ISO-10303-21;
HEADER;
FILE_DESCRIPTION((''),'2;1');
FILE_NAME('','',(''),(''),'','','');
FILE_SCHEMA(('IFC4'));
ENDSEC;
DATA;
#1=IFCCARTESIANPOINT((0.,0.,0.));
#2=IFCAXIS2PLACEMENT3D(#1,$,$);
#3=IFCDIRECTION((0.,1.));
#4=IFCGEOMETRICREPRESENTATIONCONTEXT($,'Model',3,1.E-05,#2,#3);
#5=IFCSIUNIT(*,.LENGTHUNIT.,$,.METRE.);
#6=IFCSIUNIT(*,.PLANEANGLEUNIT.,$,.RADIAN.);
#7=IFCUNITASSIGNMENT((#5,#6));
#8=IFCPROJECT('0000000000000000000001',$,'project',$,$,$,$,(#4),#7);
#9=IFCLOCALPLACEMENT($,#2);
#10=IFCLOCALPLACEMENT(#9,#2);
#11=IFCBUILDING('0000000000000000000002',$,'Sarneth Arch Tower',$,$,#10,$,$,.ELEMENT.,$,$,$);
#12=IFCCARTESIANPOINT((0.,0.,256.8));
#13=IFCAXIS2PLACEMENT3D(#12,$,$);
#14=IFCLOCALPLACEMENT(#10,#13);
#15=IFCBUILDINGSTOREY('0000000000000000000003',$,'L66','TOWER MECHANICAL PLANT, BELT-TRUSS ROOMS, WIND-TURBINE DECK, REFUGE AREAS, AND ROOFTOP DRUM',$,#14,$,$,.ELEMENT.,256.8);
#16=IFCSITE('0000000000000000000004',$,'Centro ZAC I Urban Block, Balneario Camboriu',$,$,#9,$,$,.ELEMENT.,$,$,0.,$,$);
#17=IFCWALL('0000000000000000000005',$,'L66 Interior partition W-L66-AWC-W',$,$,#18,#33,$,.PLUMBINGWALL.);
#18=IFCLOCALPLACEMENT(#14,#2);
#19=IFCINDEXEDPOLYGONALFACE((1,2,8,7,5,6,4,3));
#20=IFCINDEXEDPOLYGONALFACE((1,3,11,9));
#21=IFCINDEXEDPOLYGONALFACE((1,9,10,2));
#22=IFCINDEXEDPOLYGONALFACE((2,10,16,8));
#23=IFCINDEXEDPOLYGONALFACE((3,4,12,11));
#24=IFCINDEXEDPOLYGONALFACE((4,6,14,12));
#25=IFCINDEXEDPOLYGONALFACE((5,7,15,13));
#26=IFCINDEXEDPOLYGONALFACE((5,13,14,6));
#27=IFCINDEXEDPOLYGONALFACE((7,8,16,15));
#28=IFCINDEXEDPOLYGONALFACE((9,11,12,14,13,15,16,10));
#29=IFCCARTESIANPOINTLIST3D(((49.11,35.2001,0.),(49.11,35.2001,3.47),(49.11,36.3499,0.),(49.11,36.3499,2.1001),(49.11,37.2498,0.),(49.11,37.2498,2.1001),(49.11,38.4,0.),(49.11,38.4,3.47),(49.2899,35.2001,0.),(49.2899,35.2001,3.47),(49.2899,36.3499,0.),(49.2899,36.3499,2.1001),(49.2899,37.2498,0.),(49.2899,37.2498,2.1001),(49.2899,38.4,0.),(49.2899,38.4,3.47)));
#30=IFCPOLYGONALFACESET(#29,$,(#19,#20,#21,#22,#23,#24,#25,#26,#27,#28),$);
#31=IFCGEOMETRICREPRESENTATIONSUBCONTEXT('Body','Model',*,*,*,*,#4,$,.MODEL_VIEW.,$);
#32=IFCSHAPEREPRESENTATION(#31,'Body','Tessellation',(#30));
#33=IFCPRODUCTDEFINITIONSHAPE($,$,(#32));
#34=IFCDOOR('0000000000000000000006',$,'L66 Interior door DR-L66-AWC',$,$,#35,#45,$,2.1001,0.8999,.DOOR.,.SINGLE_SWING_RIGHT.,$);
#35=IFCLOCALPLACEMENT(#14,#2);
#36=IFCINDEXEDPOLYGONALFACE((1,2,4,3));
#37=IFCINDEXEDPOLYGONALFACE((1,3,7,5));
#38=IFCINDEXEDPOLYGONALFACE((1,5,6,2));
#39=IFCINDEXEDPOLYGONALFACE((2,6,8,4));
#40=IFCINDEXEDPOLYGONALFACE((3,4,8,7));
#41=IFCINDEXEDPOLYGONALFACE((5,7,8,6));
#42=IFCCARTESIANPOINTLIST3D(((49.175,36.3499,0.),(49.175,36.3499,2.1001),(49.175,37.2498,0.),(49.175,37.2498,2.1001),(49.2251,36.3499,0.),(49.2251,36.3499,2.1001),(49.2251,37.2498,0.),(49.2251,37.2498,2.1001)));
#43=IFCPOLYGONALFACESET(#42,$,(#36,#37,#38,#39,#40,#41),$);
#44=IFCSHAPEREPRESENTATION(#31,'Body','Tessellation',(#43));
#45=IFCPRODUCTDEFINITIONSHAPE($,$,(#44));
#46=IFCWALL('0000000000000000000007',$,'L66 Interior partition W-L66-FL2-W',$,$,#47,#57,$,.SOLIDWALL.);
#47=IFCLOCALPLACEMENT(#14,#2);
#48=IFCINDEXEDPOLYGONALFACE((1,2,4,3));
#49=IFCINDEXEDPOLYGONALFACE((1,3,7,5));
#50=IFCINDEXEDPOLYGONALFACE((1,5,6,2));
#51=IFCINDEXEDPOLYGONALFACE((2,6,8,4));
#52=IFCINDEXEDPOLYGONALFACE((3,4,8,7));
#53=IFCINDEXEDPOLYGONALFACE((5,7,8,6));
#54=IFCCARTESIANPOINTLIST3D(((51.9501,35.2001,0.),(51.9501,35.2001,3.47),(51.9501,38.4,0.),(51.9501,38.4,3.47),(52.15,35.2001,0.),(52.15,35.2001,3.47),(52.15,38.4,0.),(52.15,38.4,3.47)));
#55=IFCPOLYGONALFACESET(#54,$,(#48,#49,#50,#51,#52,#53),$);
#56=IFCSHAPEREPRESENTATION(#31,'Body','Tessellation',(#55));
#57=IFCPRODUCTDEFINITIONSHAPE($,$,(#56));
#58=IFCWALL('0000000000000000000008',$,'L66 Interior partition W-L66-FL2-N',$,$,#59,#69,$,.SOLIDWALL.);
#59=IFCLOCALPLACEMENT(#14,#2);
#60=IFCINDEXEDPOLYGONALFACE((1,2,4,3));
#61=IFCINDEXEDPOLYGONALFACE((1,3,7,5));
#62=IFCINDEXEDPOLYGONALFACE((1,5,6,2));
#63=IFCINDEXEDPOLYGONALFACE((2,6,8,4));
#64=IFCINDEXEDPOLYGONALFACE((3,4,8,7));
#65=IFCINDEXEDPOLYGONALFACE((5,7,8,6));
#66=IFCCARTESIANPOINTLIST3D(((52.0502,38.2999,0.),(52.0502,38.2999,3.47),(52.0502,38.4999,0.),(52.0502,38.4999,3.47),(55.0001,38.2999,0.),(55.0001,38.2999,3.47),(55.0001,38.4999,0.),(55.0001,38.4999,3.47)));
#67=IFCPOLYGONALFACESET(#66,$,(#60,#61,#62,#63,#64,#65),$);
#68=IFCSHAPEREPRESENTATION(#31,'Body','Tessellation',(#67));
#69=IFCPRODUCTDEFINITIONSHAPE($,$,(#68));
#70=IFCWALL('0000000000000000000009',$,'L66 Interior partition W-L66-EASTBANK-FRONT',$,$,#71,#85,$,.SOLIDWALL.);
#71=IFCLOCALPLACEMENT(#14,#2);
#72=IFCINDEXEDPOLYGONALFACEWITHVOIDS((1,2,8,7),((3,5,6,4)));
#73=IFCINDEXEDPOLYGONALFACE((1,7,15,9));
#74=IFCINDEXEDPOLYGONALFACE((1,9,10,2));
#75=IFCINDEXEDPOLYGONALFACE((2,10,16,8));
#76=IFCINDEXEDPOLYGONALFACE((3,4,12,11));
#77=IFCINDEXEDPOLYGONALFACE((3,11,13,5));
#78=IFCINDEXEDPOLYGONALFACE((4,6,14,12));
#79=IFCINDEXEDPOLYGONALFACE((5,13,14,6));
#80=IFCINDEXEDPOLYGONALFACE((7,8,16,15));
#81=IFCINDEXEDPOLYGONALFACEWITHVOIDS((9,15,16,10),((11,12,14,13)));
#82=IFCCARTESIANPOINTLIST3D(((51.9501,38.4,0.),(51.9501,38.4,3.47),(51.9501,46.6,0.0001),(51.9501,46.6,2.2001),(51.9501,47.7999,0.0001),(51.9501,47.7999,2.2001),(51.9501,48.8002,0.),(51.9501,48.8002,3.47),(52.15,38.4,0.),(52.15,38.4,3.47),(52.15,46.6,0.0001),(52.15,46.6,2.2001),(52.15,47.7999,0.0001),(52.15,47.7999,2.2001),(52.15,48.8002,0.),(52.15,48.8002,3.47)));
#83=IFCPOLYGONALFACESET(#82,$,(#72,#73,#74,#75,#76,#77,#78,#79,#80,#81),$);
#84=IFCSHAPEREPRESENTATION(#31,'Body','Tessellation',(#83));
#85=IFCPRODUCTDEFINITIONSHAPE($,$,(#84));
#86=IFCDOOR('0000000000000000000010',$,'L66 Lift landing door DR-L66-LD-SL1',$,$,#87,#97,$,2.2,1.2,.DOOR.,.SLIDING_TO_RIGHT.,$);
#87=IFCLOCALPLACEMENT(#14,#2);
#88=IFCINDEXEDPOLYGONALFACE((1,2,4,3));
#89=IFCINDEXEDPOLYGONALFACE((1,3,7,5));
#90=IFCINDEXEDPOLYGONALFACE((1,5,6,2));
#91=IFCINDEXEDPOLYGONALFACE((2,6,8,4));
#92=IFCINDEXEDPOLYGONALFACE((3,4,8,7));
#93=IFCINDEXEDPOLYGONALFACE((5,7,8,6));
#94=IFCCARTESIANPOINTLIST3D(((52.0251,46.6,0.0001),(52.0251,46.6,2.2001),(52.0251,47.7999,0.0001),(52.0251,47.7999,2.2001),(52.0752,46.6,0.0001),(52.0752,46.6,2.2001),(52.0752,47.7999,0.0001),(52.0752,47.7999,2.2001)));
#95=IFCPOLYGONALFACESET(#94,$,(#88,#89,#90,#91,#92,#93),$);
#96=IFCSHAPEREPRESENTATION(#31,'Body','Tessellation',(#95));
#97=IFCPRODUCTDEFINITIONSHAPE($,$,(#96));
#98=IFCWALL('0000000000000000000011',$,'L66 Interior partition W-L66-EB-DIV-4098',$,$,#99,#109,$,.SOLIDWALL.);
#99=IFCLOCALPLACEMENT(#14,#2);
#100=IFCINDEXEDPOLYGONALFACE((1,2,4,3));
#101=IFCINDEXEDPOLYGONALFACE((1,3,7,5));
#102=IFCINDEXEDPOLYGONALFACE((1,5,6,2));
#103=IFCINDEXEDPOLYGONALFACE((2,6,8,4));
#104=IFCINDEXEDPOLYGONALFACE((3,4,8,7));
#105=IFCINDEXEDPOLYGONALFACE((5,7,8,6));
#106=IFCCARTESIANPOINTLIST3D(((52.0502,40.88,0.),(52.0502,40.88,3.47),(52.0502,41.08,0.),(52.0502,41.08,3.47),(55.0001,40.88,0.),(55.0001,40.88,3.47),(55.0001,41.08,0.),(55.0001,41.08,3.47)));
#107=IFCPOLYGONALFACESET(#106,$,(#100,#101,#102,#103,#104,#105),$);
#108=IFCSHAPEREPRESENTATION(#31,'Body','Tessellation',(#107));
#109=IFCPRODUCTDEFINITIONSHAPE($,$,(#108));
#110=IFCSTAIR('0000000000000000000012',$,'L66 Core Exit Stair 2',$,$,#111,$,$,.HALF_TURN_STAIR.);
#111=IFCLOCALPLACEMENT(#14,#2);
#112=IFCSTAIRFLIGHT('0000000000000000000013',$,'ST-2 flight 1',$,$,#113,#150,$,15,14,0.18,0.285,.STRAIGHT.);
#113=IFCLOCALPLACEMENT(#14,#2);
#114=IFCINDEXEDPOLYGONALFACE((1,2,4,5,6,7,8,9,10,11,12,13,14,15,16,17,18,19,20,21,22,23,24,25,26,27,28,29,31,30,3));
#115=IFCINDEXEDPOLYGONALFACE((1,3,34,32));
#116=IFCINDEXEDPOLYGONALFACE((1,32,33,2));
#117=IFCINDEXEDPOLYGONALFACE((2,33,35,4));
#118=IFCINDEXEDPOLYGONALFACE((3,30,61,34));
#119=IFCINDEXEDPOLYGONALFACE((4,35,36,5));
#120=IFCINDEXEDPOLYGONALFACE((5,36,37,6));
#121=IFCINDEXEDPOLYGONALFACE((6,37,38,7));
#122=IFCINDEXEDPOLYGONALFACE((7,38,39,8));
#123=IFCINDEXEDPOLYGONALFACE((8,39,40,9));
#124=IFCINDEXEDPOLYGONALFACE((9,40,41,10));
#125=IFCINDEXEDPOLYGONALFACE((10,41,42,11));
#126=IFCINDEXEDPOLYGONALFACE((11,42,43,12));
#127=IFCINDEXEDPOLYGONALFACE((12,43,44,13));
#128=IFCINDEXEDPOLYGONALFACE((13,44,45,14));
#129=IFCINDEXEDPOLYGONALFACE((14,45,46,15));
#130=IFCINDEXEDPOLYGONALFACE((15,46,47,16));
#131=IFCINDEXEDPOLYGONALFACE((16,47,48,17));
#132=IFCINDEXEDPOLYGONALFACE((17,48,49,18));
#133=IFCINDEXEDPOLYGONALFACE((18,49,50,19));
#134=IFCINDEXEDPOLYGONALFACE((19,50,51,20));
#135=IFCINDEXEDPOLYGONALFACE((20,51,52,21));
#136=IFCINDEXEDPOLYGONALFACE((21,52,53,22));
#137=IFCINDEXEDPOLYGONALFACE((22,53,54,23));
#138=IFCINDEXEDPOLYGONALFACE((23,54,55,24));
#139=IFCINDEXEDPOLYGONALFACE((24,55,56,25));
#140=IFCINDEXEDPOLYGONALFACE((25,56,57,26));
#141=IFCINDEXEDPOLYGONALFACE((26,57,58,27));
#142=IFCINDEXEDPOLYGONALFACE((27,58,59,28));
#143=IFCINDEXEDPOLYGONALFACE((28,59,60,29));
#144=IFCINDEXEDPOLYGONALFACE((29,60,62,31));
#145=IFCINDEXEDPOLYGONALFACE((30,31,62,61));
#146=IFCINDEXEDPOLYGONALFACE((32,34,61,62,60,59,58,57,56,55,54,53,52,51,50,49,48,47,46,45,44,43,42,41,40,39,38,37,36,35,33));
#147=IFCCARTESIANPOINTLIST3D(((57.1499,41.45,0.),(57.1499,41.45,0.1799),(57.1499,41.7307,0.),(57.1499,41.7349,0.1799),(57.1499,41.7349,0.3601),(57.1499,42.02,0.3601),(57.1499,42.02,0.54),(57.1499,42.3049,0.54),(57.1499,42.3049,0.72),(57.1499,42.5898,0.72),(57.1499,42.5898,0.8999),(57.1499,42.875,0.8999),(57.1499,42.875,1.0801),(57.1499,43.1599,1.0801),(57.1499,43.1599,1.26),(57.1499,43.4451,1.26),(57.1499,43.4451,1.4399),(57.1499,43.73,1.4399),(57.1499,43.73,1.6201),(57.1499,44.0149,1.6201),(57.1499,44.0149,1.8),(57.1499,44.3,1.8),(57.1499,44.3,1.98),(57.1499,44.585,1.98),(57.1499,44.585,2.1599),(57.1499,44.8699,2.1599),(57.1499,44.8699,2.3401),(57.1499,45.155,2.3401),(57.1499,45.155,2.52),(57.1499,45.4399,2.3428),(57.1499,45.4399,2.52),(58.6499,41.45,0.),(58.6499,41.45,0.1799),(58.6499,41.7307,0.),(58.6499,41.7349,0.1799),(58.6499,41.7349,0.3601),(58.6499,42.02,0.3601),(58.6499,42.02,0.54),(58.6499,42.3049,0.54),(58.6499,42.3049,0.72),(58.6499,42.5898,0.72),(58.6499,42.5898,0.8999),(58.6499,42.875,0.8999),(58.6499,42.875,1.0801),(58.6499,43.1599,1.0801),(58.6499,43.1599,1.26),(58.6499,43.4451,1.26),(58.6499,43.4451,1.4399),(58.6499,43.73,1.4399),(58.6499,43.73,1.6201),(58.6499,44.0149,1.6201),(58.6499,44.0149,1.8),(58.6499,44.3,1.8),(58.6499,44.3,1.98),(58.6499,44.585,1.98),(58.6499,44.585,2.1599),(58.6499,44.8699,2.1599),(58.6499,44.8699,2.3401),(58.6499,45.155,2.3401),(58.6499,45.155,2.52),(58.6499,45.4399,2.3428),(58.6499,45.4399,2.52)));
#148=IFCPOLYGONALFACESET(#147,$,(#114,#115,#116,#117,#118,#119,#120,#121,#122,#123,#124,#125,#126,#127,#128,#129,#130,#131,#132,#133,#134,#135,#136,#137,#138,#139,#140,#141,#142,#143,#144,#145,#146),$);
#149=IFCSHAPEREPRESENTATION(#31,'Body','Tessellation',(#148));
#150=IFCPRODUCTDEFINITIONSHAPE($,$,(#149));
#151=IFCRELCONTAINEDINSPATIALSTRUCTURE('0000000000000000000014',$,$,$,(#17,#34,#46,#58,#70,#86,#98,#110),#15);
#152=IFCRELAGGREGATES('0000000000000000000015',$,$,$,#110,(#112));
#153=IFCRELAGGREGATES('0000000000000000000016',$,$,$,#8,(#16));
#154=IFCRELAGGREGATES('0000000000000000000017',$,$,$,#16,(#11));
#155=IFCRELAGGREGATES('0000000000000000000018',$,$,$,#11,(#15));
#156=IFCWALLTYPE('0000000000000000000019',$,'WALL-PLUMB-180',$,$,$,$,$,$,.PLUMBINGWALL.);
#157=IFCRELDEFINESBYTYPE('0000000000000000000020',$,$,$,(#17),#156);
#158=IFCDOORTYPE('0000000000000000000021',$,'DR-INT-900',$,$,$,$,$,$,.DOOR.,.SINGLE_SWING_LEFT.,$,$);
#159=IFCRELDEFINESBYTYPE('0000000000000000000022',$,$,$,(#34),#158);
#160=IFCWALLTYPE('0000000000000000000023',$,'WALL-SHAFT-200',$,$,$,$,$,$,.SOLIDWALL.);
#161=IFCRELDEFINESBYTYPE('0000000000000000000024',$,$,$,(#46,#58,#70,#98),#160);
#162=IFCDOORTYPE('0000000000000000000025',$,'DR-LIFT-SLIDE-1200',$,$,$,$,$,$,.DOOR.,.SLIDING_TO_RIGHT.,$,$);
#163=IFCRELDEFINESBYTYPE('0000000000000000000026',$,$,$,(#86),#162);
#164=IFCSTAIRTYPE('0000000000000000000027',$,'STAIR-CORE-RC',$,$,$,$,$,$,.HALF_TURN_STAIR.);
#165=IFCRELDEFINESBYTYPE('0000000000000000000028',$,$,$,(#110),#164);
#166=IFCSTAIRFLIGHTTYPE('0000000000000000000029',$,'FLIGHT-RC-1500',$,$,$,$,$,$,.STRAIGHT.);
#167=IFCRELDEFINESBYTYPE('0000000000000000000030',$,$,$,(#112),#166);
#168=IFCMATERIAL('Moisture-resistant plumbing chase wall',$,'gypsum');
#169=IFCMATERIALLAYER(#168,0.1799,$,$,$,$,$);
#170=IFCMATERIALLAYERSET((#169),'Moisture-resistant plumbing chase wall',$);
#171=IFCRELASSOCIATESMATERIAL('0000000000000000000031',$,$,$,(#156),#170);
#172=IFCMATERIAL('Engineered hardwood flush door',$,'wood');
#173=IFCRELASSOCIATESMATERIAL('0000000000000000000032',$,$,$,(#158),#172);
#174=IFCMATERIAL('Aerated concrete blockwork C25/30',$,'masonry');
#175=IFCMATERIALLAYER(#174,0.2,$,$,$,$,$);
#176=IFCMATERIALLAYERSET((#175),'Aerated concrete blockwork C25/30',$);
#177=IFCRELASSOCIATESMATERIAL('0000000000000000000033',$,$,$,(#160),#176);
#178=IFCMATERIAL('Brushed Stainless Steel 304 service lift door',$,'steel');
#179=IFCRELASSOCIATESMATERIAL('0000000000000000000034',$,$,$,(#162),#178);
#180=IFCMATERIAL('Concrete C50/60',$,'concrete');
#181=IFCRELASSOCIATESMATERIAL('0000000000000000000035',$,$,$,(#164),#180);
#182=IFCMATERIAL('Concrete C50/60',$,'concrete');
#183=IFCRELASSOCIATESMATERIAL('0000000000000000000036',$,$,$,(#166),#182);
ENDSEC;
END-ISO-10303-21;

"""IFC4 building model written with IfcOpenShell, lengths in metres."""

from ifc_helpers import new_model, si_unit, direction, frame, frame_2d, origin, place, context, subcontext, project, spatial, polyline, rectangle, outline, extrude, material, layer, layer_set, type_object, element, fill, aggregate, save


model = new_model("IFC4")

# Units and contexts
model_context = context("Model", 3, precision=1e-05, world=origin(), true_north=direction((0.0, 1.0)))
body_context = subcontext(model_context, "Body", "Model", "MODEL_VIEW")
ifc_project = project(units=[si_unit("LENGTHUNIT", "METRE"), si_unit("PLANEANGLEUNIT", "RADIAN")], contexts=[model_context])

# Site, building, storey
site_placement = place(None, origin())
site = spatial("IfcSite", under=ifc_project, at=site_placement, Name="Centro ZAC I Urban Block, Balneario Camboriu", CompositionType="ELEMENT", RefElevation=0.0)
building_placement = place(site_placement, origin())
building = spatial("IfcBuilding", under=site, at=building_placement, Name="Sarneth Arch Tower", CompositionType="ELEMENT")
storey_placement = place(building_placement, frame((0.0, 0.0, 256.8)))
storey = spatial("IfcBuildingStorey", under=building, at=storey_placement, Name="L66", Description="TOWER MECHANICAL PLANT, BELT-TRUSS ROOMS, WIND-TURBINE DECK, REFUGE AREAS, AND ROOFTOP DRUM", CompositionType="ELEMENT", Elevation=256.8)

# Shared definitions
ifc_material_1 = material(Name="Moisture-resistant plumbing chase wall", Category="gypsum")
ifc_layer_1 = layer(ifc_material_1, 0.1799)
ifc_layer_set_1 = layer_set([ifc_layer_1], Name="Moisture-resistant plumbing chase wall")
wall_type_1 = type_object("IfcWallType", Name="WALL-PLUMB-180", PredefinedType="PLUMBINGWALL", material=ifc_layer_set_1)

# Wall, opening, door
wall_1_placement = place(storey_placement, frame((49.2, 35.2, 0.0), z_axis=(0.0, 0.0, 1.0), x_axis=(0.0, 1.0, 0.0)))
wall_1 = element("IfcWall", 1, at=wall_1_placement, inside=storey, type_object=wall_type_1, Name="L66 Interior partition W-L66-AWC-W", PredefinedType="PLUMBINGWALL", context=body_context, shape_type="SweptSolid", body=[
    extrude(rectangle(XDim=3.2, YDim=0.1799, at=frame_2d((1.6001, 0.0))), origin(), (0.0, 0.0, 1.0), 3.47),
])
opening_1_placement = place(wall_1_placement, frame((1.1499, 0.0, 0.0)))
opening_1 = element("IfcOpeningElement", 2, at=opening_1_placement, cuts=wall_1, PredefinedType="OPENING", context=body_context, shape_type="SweptSolid", body=[
    extrude(rectangle(XDim=0.8999, YDim=2.1001, at=frame_2d((0.45, 1.05))), frame((0.0, 0.0999, 0.0), z_axis=(0.0, -1.0, 0.0), x_axis=(1.0, 0.0, 0.0)), (0.0, 0.0, 1.0), 0.2),
])
ifc_material_2 = material(Name="Engineered hardwood flush door", Category="wood")
door_type_1 = type_object("IfcDoorType", Name="DR-INT-900", OperationType="SINGLE_SWING_LEFT", PredefinedType="DOOR", material=ifc_material_2)
door_1_placement = place(opening_1_placement, origin())
door_1 = element("IfcDoor", 3, at=door_1_placement, inside=storey, type_object=door_type_1, Name="L66 Interior door DR-L66-AWC", OperationType="SINGLE_SWING_RIGHT", OverallHeight=2.1001, OverallWidth=0.8999, PredefinedType="DOOR", context=body_context, shape_type="SweptSolid", body=[
    extrude(rectangle(XDim=0.8999, YDim=2.1001, at=frame_2d((0.45, 1.05))), frame((0.0, 0.0249, 0.0), z_axis=(0.0, -1.0, 0.0), x_axis=(1.0, 0.0, 0.0)), (0.0, 0.0, 1.0), 0.05),
])
fill(opening_1, door_1)
ifc_material_3 = material(Name="Aerated concrete blockwork C25/30", Category="masonry")
ifc_layer_2 = layer(ifc_material_3, 0.2)
ifc_layer_set_2 = layer_set([ifc_layer_2], Name="Aerated concrete blockwork C25/30")
wall_type_2 = type_object("IfcWallType", Name="WALL-SHAFT-200", PredefinedType="SOLIDWALL", material=ifc_layer_set_2)

# Walls
wall_2_placement = place(storey_placement, frame((52.05, 35.2, 0.0), z_axis=(0.0, 0.0, 1.0), x_axis=(0.0, 1.0, 0.0)))
element("IfcWall", 4, at=wall_2_placement, inside=storey, type_object=wall_type_2, Name="L66 Interior partition W-L66-FL2-W", PredefinedType="SOLIDWALL", context=body_context, shape_type="SweptSolid", body=[
    extrude(rectangle(XDim=3.2, YDim=0.2, at=frame_2d((1.6001, 0.0))), origin(), (0.0, 0.0, 1.0), 3.47),
])
wall_3_placement = place(storey_placement, frame((52.05, 38.3999, 0.0), z_axis=(0.0, 0.0, 1.0), x_axis=(1.0, 0.0, 0.0)))
element("IfcWall", 5, at=wall_3_placement, inside=storey, type_object=wall_type_2, Name="L66 Interior partition W-L66-FL2-N", PredefinedType="SOLIDWALL", context=body_context, shape_type="SweptSolid", body=[
    extrude(rectangle(XDim=2.95, YDim=0.2, at=frame_2d((1.4751, 0.0))), origin(), (0.0, 0.0, 1.0), 3.47),
])

# Wall, opening, door
wall_4_placement = place(storey_placement, frame((52.05, 38.3999, 0.0), z_axis=(0.0, 0.0, 1.0), x_axis=(0.0, 1.0, 0.0)))
wall_4 = element("IfcWall", 6, at=wall_4_placement, inside=storey, type_object=wall_type_2, Name="L66 Interior partition W-L66-EASTBANK-FRONT", PredefinedType="SOLIDWALL", context=body_context, shape_type="SweptSolid", body=[
    extrude(rectangle(XDim=10.4001, YDim=0.2, at=frame_2d((5.2002, 0.0))), origin(), (0.0, 0.0, 1.0), 3.47),
])
opening_2_placement = place(wall_4_placement, frame((8.2, 0.0, 0.0)))
opening_2 = element("IfcOpeningElement", 7, at=opening_2_placement, cuts=wall_4, PredefinedType="OPENING", context=body_context, shape_type="SweptSolid", body=[
    extrude(rectangle(XDim=1.2, YDim=2.2, at=frame_2d((0.6001, 1.1001))), frame((0.0, 0.1099, 0.0), z_axis=(0.0, -1.0, 0.0), x_axis=(1.0, 0.0, 0.0)), (0.0, 0.0, 1.0), 0.22),
])
ifc_material_4 = material(Name="Brushed Stainless Steel 304 service lift door", Category="steel")
door_type_2 = type_object("IfcDoorType", Name="DR-LIFT-SLIDE-1200", OperationType="SLIDING_TO_RIGHT", PredefinedType="DOOR", material=ifc_material_4)
door_2_placement = place(opening_2_placement, origin())
door_2 = element("IfcDoor", 8, at=door_2_placement, inside=storey, type_object=door_type_2, Name="L66 Lift landing door DR-L66-LD-SL1", OperationType="SLIDING_TO_RIGHT", OverallHeight=2.2, OverallWidth=1.2, PredefinedType="DOOR", context=body_context, shape_type="SweptSolid", body=[
    extrude(rectangle(XDim=1.2, YDim=2.2, at=frame_2d((0.6001, 1.1001))), frame((0.0, 0.0249, 0.0), z_axis=(0.0, -1.0, 0.0), x_axis=(1.0, 0.0, 0.0)), (0.0, 0.0, 1.0), 0.05),
])
fill(opening_2, door_2)

# Wall
wall_5_placement = place(storey_placement, frame((52.05, 40.98, 0.0), z_axis=(0.0, 0.0, 1.0), x_axis=(1.0, 0.0, 0.0)))
element("IfcWall", 9, at=wall_5_placement, inside=storey, type_object=wall_type_2, Name="L66 Interior partition W-L66-EB-DIV-4098", PredefinedType="SOLIDWALL", context=body_context, shape_type="SweptSolid", body=[
    extrude(rectangle(XDim=2.95, YDim=0.2, at=frame_2d((1.4751, 0.0))), origin(), (0.0, 0.0, 1.0), 3.47),
])

# Stair, stair flight
ifc_material_5 = material(Name="Concrete C50/60", Category="concrete")
stair_type = type_object("IfcStairType", Name="STAIR-CORE-RC", PredefinedType="HALF_TURN_STAIR", material=ifc_material_5)
stair_placement = place(storey_placement, origin())
stair = element("IfcStair", 10, at=stair_placement, inside=storey, type_object=stair_type, Name="L66 Core Exit Stair 2", PredefinedType="HALF_TURN_STAIR")
ifc_material_6 = material(Name="Concrete C50/60", Category="concrete")
stair_flight_type = type_object("IfcStairFlightType", Name="FLIGHT-RC-1500", PredefinedType="STRAIGHT", material=ifc_material_6)
stair_flight_placement = place(storey_placement, frame((57.8999, 41.45, 0.0), z_axis=(0.0, 0.0, 1.0), x_axis=(0.0, 1.0, 0.0)))
stair_flight = element("IfcStairFlight", 11, at=stair_flight_placement, type_object=stair_flight_type, Name="ST-2 flight 1", NumberOfRisers=15, NumberOfTreads=14, PredefinedType="STRAIGHT", RiserHeight=0.18, TreadLength=0.285, context=body_context, shape_type="SweptSolid", body=[
    extrude(outline(polyline([(0.0, 0.0), (0.0, 0.1799), (0.2849, 0.1799), (0.2849, 0.3601), (0.5701, 0.3601), (0.5701, 0.54), (0.855, 0.54), (0.855, 0.72), (1.1399, 0.72), (1.1399, 0.8999), (1.425, 0.8999), (1.425, 1.0801), (1.71, 1.0801), (1.71, 1.26), (1.9951, 1.26), (1.9951, 1.4399), (2.28, 1.4399), (2.28, 1.6201), (2.5649, 1.6201), (2.5649, 1.8), (2.8501, 1.8), (2.8501, 1.98), (3.135, 1.98), (3.135, 2.1599), (3.4199, 2.1599), (3.4199, 2.3401), (3.7051, 2.3401), (3.7051, 2.52), (3.99, 2.52), (3.99, 2.7), (3.99, 2.3428), (0.2808, 0.0), (0.0, 0.0)])), frame((0.0, 0.75, 0.0), z_axis=(0.0, -1.0, 0.0), x_axis=(1.0, 0.0, 0.0)), (0.0, 0.0, 1.0), 1.5),
])
aggregate(stair, [stair_flight])

save(model, "model.ifc")
